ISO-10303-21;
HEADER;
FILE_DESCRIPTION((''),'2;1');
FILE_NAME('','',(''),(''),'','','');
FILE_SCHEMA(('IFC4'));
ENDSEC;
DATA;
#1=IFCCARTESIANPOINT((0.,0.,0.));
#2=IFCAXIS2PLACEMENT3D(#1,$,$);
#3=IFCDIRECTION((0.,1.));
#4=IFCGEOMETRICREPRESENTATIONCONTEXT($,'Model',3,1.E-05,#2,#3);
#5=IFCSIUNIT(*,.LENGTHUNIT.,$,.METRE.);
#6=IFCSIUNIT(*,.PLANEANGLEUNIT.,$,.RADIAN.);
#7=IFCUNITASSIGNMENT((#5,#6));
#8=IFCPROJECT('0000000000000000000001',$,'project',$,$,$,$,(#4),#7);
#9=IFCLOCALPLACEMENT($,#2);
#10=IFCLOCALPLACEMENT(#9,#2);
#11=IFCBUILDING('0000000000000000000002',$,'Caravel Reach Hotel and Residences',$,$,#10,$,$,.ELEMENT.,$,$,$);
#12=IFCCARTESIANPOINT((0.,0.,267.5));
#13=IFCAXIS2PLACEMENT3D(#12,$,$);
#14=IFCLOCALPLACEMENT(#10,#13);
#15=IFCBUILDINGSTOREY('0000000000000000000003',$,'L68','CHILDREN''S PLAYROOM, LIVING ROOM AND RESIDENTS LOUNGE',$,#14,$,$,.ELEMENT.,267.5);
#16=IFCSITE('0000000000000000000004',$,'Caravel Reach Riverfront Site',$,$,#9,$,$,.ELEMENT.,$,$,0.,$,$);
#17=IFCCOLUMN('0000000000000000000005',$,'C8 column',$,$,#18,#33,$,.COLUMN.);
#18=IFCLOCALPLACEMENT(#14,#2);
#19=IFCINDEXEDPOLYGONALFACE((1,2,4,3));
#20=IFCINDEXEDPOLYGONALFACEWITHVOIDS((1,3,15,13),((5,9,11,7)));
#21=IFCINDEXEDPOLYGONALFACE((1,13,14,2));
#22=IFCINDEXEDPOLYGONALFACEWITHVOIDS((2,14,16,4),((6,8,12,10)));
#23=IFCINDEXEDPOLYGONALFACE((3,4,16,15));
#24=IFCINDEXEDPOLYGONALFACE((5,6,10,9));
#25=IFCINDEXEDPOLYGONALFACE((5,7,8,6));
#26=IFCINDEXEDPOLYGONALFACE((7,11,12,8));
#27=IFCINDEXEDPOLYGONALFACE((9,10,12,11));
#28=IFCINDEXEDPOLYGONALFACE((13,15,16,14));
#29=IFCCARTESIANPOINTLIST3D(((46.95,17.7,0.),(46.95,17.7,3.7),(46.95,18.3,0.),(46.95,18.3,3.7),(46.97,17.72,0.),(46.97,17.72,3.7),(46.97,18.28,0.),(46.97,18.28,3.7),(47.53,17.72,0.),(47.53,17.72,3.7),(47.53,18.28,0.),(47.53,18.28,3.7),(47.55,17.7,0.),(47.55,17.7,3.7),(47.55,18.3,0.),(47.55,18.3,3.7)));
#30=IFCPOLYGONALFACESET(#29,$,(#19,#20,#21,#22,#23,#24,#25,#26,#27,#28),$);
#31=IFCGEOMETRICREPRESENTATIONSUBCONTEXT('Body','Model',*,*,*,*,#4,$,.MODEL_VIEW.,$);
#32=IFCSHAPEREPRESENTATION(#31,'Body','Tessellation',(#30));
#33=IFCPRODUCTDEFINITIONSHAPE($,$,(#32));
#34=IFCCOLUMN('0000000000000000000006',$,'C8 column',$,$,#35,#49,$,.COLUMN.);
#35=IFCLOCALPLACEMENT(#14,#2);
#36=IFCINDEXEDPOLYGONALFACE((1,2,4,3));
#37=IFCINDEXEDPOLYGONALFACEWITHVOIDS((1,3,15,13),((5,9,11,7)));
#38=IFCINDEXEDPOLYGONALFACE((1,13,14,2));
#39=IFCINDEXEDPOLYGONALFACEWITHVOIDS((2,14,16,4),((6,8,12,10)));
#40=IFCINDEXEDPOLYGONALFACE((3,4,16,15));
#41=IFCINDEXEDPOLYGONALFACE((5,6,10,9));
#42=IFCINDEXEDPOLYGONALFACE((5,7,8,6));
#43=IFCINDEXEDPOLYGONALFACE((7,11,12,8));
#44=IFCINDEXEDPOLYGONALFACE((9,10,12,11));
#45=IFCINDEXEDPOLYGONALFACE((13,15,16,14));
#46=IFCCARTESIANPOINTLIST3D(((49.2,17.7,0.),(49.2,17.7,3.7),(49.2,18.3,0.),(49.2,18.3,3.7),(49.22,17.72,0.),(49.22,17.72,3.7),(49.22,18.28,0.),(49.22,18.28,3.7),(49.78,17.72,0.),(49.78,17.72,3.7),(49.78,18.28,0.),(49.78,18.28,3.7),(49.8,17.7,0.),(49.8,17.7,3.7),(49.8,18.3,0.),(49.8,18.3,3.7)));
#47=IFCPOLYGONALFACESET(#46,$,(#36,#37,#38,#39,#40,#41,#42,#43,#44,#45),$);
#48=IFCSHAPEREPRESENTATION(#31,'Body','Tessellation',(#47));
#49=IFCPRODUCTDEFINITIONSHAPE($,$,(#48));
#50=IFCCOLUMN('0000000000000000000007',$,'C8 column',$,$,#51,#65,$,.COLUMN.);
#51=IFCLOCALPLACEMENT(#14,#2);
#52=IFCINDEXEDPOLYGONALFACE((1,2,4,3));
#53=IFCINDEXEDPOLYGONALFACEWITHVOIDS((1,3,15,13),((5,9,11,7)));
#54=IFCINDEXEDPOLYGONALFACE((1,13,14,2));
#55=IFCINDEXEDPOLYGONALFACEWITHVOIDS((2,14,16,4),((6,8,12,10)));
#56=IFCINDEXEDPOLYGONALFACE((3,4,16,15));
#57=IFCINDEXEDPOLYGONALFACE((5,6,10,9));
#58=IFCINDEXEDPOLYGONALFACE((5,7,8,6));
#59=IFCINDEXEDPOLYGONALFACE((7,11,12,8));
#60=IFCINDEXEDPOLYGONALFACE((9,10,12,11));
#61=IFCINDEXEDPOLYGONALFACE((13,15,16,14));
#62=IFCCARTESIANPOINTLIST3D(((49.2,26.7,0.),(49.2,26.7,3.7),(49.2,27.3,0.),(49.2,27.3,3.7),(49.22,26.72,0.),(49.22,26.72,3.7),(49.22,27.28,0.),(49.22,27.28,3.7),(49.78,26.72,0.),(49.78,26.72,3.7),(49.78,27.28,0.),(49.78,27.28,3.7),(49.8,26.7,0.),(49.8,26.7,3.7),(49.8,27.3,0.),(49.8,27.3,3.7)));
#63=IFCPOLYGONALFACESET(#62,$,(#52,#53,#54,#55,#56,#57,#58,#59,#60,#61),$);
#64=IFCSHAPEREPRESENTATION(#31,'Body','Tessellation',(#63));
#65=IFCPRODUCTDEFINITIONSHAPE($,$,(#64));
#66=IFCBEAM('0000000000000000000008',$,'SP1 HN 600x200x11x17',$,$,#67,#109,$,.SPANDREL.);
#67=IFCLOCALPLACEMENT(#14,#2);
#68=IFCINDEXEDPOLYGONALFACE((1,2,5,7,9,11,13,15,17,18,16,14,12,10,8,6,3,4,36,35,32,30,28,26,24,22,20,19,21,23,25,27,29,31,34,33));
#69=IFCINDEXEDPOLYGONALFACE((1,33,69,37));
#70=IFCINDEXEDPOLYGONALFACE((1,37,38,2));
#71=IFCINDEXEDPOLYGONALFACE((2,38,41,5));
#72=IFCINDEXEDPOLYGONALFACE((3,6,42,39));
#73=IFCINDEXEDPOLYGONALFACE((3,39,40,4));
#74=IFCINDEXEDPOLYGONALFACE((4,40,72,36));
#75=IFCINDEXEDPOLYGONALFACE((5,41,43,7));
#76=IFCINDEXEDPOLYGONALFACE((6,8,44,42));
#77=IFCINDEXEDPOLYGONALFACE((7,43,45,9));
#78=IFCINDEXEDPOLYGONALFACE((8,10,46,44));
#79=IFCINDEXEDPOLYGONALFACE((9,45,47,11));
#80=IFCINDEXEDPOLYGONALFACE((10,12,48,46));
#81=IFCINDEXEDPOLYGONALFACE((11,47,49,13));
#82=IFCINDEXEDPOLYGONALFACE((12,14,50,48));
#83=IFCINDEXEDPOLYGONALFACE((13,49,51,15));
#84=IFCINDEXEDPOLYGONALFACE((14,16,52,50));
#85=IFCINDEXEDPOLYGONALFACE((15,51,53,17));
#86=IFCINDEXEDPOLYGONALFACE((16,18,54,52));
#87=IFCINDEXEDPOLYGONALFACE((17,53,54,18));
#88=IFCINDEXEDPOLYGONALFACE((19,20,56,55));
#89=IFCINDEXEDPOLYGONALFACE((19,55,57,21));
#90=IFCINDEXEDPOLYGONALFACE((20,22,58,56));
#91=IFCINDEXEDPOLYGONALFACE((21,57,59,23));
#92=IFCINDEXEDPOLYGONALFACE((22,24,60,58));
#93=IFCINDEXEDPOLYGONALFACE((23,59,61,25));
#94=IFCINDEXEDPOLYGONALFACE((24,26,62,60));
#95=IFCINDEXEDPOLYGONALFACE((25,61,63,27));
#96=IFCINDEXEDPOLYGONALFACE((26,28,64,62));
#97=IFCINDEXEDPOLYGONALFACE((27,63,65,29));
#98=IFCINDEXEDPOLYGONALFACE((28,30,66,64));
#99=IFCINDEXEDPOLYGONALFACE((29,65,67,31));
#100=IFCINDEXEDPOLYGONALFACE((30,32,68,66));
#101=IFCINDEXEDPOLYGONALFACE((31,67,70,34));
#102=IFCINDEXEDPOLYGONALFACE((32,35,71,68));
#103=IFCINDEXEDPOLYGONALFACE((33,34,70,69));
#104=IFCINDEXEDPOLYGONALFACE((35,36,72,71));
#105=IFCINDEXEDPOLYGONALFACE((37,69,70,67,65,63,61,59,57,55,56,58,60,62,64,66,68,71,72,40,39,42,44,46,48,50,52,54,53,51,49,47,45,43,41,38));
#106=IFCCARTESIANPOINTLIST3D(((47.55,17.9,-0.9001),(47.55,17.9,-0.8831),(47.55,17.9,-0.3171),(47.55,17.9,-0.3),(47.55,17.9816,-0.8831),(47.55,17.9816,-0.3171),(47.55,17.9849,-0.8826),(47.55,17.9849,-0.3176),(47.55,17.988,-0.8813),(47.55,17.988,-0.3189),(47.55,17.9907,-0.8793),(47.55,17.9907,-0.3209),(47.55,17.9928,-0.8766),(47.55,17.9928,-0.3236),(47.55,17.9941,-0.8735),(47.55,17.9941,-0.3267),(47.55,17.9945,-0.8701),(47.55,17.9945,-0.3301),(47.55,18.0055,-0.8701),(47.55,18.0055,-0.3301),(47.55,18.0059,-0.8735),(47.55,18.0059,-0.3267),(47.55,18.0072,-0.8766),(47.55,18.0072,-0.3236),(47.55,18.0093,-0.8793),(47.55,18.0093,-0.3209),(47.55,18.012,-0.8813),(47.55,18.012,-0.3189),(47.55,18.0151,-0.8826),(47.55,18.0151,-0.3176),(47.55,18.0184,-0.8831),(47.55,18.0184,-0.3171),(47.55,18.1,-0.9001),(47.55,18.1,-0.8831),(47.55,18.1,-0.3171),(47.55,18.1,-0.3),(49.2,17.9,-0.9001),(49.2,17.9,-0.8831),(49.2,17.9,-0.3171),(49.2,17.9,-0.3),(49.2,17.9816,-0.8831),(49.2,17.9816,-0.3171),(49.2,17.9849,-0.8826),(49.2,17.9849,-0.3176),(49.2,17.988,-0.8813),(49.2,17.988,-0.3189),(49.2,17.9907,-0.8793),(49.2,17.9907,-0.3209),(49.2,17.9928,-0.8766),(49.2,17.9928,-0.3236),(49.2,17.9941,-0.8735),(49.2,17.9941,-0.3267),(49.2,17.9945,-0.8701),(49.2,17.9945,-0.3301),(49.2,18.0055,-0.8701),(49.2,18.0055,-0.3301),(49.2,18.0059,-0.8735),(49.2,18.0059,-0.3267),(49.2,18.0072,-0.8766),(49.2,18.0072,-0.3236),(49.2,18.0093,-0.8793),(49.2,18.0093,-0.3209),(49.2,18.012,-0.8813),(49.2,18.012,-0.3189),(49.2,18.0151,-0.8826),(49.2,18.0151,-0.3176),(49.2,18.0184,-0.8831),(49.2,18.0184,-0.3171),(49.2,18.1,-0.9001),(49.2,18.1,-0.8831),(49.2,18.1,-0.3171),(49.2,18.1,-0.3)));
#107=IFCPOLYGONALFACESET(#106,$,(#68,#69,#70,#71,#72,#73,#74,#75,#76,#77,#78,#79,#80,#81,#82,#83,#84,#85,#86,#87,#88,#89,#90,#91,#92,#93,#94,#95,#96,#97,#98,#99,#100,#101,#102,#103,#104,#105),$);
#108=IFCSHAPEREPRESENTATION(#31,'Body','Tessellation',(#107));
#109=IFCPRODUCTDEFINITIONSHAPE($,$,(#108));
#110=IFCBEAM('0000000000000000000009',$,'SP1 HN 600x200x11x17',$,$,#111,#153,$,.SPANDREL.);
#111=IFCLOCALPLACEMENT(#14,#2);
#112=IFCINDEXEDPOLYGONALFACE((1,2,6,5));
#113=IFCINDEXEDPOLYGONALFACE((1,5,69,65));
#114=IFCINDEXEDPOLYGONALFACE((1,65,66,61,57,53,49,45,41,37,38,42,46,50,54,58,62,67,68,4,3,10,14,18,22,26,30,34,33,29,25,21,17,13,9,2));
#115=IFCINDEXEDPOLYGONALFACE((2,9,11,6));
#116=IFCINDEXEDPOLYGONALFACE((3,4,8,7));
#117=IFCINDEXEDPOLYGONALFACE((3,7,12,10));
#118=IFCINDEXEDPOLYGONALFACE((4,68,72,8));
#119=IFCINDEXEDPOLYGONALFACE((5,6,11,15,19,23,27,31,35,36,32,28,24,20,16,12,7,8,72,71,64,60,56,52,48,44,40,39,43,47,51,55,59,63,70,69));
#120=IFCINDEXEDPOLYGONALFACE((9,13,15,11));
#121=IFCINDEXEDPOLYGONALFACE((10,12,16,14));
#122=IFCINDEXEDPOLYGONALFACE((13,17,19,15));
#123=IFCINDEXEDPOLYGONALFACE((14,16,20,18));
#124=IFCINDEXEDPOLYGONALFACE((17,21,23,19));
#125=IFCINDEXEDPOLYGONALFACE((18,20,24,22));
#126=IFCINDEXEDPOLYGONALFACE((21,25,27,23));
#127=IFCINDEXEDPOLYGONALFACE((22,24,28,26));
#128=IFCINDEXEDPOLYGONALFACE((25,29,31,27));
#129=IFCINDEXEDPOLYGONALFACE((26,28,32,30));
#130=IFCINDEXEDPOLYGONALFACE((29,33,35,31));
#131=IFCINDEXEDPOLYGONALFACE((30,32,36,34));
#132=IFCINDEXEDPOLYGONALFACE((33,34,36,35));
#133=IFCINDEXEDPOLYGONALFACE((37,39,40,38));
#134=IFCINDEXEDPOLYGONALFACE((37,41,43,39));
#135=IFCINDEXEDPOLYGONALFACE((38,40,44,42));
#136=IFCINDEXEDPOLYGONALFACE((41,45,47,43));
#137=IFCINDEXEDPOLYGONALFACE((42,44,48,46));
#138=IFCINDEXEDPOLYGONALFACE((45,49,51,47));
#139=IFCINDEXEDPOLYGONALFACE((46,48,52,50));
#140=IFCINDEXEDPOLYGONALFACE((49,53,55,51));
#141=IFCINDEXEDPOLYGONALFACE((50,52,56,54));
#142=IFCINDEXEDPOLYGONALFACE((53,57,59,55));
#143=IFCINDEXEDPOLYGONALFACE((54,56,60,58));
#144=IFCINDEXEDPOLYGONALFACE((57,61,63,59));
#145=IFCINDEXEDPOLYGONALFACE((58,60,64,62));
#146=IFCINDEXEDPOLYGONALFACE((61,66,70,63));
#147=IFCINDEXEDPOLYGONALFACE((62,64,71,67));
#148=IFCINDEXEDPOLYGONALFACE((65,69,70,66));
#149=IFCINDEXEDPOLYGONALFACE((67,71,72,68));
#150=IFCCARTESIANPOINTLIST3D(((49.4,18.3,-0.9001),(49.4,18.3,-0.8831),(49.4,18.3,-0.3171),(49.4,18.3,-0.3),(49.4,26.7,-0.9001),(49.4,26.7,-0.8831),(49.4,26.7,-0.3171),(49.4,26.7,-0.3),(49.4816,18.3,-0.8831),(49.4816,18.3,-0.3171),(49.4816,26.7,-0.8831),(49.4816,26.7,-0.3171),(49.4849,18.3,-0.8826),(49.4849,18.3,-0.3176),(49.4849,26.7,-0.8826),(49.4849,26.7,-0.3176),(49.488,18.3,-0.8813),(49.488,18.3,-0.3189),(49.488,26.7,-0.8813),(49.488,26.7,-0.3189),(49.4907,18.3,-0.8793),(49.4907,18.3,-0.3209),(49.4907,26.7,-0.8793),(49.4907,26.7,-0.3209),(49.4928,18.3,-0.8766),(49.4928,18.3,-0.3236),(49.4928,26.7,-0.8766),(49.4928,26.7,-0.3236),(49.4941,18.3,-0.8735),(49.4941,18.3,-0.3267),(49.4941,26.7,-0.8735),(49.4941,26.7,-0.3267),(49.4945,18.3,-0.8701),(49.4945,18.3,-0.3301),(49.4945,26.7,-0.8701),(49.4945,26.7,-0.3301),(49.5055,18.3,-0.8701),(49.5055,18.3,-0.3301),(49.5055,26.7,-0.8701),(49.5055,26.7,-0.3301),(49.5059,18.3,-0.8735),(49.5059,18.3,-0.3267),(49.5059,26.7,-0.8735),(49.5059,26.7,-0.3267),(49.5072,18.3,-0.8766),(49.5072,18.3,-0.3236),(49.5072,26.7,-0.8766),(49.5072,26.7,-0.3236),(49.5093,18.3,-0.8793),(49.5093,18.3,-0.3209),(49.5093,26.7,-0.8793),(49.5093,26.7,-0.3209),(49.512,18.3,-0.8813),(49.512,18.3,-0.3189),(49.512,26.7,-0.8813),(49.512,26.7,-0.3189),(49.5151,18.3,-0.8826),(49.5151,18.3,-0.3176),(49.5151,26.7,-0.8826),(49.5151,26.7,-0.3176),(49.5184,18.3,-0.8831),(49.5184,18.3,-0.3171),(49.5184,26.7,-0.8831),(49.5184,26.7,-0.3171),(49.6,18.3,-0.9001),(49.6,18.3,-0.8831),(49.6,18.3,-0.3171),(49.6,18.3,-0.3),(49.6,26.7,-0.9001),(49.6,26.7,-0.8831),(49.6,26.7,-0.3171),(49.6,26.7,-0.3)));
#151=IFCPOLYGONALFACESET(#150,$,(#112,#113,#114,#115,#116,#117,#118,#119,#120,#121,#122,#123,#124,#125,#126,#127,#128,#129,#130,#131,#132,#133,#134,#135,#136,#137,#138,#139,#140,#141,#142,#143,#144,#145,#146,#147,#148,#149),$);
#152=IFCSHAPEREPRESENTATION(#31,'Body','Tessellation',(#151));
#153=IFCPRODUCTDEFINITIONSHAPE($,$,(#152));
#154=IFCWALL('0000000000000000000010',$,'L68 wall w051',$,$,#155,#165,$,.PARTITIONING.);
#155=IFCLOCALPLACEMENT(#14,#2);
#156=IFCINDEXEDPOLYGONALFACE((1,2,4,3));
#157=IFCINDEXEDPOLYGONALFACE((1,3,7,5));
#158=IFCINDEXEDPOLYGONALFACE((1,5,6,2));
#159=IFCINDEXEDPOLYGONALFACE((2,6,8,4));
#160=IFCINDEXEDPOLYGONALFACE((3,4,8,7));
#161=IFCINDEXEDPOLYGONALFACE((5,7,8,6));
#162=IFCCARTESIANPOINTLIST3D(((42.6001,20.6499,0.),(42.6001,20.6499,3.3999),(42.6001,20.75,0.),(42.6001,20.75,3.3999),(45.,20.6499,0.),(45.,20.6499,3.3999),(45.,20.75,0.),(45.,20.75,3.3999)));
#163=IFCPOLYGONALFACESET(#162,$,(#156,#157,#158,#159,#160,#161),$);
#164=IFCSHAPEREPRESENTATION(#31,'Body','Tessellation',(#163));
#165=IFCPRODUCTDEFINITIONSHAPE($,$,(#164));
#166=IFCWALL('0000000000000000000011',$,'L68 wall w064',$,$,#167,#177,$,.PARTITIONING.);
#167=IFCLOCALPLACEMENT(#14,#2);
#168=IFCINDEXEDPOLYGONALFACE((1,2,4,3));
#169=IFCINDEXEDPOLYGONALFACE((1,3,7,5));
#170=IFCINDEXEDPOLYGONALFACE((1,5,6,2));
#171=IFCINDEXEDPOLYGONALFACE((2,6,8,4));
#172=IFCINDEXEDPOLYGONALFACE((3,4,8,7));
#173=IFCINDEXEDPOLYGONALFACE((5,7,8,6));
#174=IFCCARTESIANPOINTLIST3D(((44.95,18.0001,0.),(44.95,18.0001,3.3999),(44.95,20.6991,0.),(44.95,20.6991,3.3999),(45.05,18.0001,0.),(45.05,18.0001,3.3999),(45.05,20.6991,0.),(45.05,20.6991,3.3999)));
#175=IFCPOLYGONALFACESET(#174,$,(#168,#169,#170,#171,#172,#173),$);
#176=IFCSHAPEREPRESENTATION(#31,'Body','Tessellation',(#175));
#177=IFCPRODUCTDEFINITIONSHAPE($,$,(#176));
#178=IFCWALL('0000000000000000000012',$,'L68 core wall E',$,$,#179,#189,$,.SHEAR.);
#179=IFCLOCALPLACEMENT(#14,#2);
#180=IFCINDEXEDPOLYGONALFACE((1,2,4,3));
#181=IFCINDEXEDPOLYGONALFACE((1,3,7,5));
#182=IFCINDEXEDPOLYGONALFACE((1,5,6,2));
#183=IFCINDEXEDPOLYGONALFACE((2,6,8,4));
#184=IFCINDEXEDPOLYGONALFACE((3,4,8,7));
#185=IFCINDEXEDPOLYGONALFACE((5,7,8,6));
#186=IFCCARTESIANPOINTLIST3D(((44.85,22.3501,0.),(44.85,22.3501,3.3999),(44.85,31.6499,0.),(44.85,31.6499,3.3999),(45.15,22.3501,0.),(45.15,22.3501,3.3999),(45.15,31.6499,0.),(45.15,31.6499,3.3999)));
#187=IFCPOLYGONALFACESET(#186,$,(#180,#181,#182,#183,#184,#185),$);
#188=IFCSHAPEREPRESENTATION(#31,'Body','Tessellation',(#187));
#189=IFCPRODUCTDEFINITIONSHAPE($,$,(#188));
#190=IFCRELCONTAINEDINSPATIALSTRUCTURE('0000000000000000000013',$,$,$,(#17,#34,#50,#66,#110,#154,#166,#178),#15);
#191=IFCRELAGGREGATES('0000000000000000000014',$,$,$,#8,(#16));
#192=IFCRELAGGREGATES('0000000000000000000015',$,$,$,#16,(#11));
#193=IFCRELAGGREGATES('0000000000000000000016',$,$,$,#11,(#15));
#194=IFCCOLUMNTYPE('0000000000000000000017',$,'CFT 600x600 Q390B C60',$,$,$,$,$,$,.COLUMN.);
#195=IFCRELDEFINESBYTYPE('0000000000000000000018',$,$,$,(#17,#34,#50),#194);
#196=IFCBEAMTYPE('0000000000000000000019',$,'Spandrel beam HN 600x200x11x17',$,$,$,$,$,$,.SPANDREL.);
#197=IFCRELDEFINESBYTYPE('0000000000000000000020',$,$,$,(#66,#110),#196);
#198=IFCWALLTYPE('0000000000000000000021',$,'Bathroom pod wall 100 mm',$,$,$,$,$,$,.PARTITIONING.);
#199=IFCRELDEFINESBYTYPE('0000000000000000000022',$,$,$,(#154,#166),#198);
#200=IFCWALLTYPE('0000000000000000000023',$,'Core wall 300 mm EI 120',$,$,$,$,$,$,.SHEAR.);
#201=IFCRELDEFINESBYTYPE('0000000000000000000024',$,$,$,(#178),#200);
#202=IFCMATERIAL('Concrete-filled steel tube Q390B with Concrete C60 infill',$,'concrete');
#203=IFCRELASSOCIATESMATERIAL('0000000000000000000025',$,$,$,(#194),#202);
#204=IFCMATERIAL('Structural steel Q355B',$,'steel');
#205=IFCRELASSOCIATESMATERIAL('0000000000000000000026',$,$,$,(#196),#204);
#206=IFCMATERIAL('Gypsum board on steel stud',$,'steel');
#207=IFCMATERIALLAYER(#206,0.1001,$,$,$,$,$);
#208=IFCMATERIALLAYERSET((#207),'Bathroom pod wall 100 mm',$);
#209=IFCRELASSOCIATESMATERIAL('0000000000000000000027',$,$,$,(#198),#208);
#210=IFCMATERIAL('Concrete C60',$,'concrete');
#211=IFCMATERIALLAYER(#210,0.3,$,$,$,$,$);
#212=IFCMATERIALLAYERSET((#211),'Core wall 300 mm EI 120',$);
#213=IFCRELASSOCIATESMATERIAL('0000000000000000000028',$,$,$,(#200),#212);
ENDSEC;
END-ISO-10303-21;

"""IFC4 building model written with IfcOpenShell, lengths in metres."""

from ifc_helpers import new_model, si_unit, direction, frame, frame_2d, origin, origin_2d, place, context, subcontext, project, spatial, rectangle, hollow_rectangle, i_section, extrude, material, layer, layer_set, material_profile, profile_set, type_object, element, save


model = new_model("IFC4")

# Units and contexts
model_context = context("Model", 3, precision=1e-05, world=origin(), true_north=direction((0.0, 1.0)))
body_context = subcontext(model_context, "Body", "Model", "MODEL_VIEW")
ifc_project = project(units=[si_unit("LENGTHUNIT", "METRE"), si_unit("PLANEANGLEUNIT", "RADIAN")], contexts=[model_context])

# Site, building, storey
site_placement = place(None, origin())
site = spatial("IfcSite", under=ifc_project, at=site_placement, Name="Caravel Reach Riverfront Site", CompositionType="ELEMENT", RefElevation=0.0)
building_placement = place(site_placement, origin())
building = spatial("IfcBuilding", under=site, at=building_placement, Name="Caravel Reach Hotel and Residences", CompositionType="ELEMENT")
storey_placement = place(building_placement, frame((0.0, 0.0, 267.5)))
storey = spatial("IfcBuildingStorey", under=building, at=storey_placement, Name="L68", Description="CHILDREN'S PLAYROOM, LIVING ROOM AND RESIDENTS LOUNGE", CompositionType="ELEMENT", Elevation=267.5)

# Columns
ifc_material_1 = material(Name="Concrete-filled steel tube Q390B with Concrete C60 infill", Category="concrete")
ifc_material_profile_1 = material_profile(ifc_material_1, hollow_rectangle(XDim=0.6001, YDim=0.6001, WallThickness=0.02, at=origin_2d()), Name="RHS 600x600x20")
ifc_profile_set_1 = profile_set([ifc_material_profile_1], Name="Concrete-filled steel tube Q390B with Concrete C60 infill")
column_type = type_object("IfcColumnType", Name="CFT 600x600 Q390B C60", PredefinedType="COLUMN", material=ifc_profile_set_1)
for number, where, z_axis, x_axis, name in (
    (1, (47.25, 18.0, 0.0), (0.0, 0.0, 1.0), (1.0, 0.0, 0.0), "C8 column"),
    (2, (49.5, 18.0, 0.0), (0.0, 0.0, 1.0), (1.0, 0.0, 0.0), "C8 column"),
    (3, (49.5, 27.0, 0.0), (0.0, 0.0, 1.0), (1.0, 0.0, 0.0), "C8 column"),
):
    element("IfcColumn", number, at=place(storey_placement, frame(where, z_axis=z_axis, x_axis=x_axis)), inside=storey, type_object=column_type, Name=name, PredefinedType="COLUMN", context=body_context, shape_type="SweptSolid", body=[
        extrude(hollow_rectangle(XDim=0.6001, YDim=0.6001, WallThickness=0.02, at=origin_2d()), origin(), (0.0, 0.0, 1.0), 3.7),
    ])

# Beams
ifc_material_2 = material(Name="Structural steel Q355B", Category="steel")
ifc_material_profile_2 = material_profile(ifc_material_2, i_section(OverallWidth=0.2, OverallDepth=0.6001, WebThickness=0.011, FlangeThickness=0.0171, FilletRadius=0.0129, at=origin_2d()), Name="HN 600x200x11x17")
ifc_profile_set_2 = profile_set([ifc_material_profile_2], Name="Structural steel Q355B")
beam_type = type_object("IfcBeamType", Name="Spandrel beam HN 600x200x11x17", PredefinedType="SPANDREL", material=ifc_profile_set_2)
beam_1_placement = place(storey_placement, frame((47.55, 18.0, -0.6001), z_axis=(1.0, 0.0, 0.0), x_axis=(0.0, 1.0, 0.0)))
element("IfcBeam", 4, at=beam_1_placement, inside=storey, type_object=beam_type, Name="SP1 HN 600x200x11x17", PredefinedType="SPANDREL", context=body_context, shape_type="SweptSolid", body=[
    extrude(i_section(OverallWidth=0.2, OverallDepth=0.6001, WebThickness=0.011, FlangeThickness=0.0171, FilletRadius=0.0129, at=origin_2d()), origin(), (0.0, 0.0, 1.0), 1.6499),
])
beam_2_placement = place(storey_placement, frame((49.5, 18.3, -0.6001), z_axis=(0.0, 1.0, 0.0), x_axis=(-1.0, 0.0, 0.0)))
element("IfcBeam", 5, at=beam_2_placement, inside=storey, type_object=beam_type, Name="SP1 HN 600x200x11x17", PredefinedType="SPANDREL", context=body_context, shape_type="SweptSolid", body=[
    extrude(i_section(OverallWidth=0.2, OverallDepth=0.6001, WebThickness=0.011, FlangeThickness=0.0171, FilletRadius=0.0129, at=origin_2d()), origin(), (0.0, 0.0, 1.0), 8.3999),
])

# Walls
ifc_material_3 = material(Name="Gypsum board on steel stud", Category="steel")
ifc_layer_1 = layer(ifc_material_3, 0.1001)
ifc_layer_set_1 = layer_set([ifc_layer_1], Name="Bathroom pod wall 100 mm")
wall_type_1 = type_object("IfcWallType", Name="Bathroom pod wall 100 mm", PredefinedType="PARTITIONING", material=ifc_layer_set_1)
wall_1_placement = place(storey_placement, frame((42.6001, 20.7, 0.0), z_axis=(0.0, 0.0, 1.0), x_axis=(1.0, 0.0, 0.0)))
element("IfcWall", 6, at=wall_1_placement, inside=storey, type_object=wall_type_1, Name="L68 wall w051", PredefinedType="PARTITIONING", context=body_context, shape_type="SweptSolid", body=[
    extrude(rectangle(XDim=2.3999, YDim=0.1001, at=frame_2d((1.2, 0.0))), origin(), (0.0, 0.0, 1.0), 3.3999),
])
wall_2_placement = place(storey_placement, frame((45.0, 18.0, 0.0), z_axis=(0.0, 0.0, 1.0), x_axis=(0.0, 1.0, 0.0)))
element("IfcWall", 7, at=wall_2_placement, inside=storey, type_object=wall_type_1, Name="L68 wall w064", PredefinedType="PARTITIONING", context=body_context, shape_type="SweptSolid", body=[
    extrude(rectangle(XDim=2.699, YDim=0.1001, at=frame_2d((1.3496, 0.0))), origin(), (0.0, 0.0, 1.0), 3.3999),
])
ifc_material_4 = material(Name="Concrete C60", Category="concrete")
ifc_layer_2 = layer(ifc_material_4, 0.3)
ifc_layer_set_2 = layer_set([ifc_layer_2], Name="Core wall 300 mm EI 120")
wall_type_2 = type_object("IfcWallType", Name="Core wall 300 mm EI 120", PredefinedType="SHEAR", material=ifc_layer_set_2)
wall_3_placement = place(storey_placement, frame((45.0, 22.3501, 0.0), z_axis=(0.0, 0.0, 1.0), x_axis=(0.0, 1.0, 0.0)))
element("IfcWall", 8, at=wall_3_placement, inside=storey, type_object=wall_type_2, Name="L68 core wall E", PredefinedType="SHEAR", context=body_context, shape_type="SweptSolid", body=[
    extrude(rectangle(XDim=9.2998, YDim=0.3, at=frame_2d((4.6499, 0.0))), origin(), (0.0, 0.0, 1.0), 3.3999),
])

save(model, "model.ifc")
